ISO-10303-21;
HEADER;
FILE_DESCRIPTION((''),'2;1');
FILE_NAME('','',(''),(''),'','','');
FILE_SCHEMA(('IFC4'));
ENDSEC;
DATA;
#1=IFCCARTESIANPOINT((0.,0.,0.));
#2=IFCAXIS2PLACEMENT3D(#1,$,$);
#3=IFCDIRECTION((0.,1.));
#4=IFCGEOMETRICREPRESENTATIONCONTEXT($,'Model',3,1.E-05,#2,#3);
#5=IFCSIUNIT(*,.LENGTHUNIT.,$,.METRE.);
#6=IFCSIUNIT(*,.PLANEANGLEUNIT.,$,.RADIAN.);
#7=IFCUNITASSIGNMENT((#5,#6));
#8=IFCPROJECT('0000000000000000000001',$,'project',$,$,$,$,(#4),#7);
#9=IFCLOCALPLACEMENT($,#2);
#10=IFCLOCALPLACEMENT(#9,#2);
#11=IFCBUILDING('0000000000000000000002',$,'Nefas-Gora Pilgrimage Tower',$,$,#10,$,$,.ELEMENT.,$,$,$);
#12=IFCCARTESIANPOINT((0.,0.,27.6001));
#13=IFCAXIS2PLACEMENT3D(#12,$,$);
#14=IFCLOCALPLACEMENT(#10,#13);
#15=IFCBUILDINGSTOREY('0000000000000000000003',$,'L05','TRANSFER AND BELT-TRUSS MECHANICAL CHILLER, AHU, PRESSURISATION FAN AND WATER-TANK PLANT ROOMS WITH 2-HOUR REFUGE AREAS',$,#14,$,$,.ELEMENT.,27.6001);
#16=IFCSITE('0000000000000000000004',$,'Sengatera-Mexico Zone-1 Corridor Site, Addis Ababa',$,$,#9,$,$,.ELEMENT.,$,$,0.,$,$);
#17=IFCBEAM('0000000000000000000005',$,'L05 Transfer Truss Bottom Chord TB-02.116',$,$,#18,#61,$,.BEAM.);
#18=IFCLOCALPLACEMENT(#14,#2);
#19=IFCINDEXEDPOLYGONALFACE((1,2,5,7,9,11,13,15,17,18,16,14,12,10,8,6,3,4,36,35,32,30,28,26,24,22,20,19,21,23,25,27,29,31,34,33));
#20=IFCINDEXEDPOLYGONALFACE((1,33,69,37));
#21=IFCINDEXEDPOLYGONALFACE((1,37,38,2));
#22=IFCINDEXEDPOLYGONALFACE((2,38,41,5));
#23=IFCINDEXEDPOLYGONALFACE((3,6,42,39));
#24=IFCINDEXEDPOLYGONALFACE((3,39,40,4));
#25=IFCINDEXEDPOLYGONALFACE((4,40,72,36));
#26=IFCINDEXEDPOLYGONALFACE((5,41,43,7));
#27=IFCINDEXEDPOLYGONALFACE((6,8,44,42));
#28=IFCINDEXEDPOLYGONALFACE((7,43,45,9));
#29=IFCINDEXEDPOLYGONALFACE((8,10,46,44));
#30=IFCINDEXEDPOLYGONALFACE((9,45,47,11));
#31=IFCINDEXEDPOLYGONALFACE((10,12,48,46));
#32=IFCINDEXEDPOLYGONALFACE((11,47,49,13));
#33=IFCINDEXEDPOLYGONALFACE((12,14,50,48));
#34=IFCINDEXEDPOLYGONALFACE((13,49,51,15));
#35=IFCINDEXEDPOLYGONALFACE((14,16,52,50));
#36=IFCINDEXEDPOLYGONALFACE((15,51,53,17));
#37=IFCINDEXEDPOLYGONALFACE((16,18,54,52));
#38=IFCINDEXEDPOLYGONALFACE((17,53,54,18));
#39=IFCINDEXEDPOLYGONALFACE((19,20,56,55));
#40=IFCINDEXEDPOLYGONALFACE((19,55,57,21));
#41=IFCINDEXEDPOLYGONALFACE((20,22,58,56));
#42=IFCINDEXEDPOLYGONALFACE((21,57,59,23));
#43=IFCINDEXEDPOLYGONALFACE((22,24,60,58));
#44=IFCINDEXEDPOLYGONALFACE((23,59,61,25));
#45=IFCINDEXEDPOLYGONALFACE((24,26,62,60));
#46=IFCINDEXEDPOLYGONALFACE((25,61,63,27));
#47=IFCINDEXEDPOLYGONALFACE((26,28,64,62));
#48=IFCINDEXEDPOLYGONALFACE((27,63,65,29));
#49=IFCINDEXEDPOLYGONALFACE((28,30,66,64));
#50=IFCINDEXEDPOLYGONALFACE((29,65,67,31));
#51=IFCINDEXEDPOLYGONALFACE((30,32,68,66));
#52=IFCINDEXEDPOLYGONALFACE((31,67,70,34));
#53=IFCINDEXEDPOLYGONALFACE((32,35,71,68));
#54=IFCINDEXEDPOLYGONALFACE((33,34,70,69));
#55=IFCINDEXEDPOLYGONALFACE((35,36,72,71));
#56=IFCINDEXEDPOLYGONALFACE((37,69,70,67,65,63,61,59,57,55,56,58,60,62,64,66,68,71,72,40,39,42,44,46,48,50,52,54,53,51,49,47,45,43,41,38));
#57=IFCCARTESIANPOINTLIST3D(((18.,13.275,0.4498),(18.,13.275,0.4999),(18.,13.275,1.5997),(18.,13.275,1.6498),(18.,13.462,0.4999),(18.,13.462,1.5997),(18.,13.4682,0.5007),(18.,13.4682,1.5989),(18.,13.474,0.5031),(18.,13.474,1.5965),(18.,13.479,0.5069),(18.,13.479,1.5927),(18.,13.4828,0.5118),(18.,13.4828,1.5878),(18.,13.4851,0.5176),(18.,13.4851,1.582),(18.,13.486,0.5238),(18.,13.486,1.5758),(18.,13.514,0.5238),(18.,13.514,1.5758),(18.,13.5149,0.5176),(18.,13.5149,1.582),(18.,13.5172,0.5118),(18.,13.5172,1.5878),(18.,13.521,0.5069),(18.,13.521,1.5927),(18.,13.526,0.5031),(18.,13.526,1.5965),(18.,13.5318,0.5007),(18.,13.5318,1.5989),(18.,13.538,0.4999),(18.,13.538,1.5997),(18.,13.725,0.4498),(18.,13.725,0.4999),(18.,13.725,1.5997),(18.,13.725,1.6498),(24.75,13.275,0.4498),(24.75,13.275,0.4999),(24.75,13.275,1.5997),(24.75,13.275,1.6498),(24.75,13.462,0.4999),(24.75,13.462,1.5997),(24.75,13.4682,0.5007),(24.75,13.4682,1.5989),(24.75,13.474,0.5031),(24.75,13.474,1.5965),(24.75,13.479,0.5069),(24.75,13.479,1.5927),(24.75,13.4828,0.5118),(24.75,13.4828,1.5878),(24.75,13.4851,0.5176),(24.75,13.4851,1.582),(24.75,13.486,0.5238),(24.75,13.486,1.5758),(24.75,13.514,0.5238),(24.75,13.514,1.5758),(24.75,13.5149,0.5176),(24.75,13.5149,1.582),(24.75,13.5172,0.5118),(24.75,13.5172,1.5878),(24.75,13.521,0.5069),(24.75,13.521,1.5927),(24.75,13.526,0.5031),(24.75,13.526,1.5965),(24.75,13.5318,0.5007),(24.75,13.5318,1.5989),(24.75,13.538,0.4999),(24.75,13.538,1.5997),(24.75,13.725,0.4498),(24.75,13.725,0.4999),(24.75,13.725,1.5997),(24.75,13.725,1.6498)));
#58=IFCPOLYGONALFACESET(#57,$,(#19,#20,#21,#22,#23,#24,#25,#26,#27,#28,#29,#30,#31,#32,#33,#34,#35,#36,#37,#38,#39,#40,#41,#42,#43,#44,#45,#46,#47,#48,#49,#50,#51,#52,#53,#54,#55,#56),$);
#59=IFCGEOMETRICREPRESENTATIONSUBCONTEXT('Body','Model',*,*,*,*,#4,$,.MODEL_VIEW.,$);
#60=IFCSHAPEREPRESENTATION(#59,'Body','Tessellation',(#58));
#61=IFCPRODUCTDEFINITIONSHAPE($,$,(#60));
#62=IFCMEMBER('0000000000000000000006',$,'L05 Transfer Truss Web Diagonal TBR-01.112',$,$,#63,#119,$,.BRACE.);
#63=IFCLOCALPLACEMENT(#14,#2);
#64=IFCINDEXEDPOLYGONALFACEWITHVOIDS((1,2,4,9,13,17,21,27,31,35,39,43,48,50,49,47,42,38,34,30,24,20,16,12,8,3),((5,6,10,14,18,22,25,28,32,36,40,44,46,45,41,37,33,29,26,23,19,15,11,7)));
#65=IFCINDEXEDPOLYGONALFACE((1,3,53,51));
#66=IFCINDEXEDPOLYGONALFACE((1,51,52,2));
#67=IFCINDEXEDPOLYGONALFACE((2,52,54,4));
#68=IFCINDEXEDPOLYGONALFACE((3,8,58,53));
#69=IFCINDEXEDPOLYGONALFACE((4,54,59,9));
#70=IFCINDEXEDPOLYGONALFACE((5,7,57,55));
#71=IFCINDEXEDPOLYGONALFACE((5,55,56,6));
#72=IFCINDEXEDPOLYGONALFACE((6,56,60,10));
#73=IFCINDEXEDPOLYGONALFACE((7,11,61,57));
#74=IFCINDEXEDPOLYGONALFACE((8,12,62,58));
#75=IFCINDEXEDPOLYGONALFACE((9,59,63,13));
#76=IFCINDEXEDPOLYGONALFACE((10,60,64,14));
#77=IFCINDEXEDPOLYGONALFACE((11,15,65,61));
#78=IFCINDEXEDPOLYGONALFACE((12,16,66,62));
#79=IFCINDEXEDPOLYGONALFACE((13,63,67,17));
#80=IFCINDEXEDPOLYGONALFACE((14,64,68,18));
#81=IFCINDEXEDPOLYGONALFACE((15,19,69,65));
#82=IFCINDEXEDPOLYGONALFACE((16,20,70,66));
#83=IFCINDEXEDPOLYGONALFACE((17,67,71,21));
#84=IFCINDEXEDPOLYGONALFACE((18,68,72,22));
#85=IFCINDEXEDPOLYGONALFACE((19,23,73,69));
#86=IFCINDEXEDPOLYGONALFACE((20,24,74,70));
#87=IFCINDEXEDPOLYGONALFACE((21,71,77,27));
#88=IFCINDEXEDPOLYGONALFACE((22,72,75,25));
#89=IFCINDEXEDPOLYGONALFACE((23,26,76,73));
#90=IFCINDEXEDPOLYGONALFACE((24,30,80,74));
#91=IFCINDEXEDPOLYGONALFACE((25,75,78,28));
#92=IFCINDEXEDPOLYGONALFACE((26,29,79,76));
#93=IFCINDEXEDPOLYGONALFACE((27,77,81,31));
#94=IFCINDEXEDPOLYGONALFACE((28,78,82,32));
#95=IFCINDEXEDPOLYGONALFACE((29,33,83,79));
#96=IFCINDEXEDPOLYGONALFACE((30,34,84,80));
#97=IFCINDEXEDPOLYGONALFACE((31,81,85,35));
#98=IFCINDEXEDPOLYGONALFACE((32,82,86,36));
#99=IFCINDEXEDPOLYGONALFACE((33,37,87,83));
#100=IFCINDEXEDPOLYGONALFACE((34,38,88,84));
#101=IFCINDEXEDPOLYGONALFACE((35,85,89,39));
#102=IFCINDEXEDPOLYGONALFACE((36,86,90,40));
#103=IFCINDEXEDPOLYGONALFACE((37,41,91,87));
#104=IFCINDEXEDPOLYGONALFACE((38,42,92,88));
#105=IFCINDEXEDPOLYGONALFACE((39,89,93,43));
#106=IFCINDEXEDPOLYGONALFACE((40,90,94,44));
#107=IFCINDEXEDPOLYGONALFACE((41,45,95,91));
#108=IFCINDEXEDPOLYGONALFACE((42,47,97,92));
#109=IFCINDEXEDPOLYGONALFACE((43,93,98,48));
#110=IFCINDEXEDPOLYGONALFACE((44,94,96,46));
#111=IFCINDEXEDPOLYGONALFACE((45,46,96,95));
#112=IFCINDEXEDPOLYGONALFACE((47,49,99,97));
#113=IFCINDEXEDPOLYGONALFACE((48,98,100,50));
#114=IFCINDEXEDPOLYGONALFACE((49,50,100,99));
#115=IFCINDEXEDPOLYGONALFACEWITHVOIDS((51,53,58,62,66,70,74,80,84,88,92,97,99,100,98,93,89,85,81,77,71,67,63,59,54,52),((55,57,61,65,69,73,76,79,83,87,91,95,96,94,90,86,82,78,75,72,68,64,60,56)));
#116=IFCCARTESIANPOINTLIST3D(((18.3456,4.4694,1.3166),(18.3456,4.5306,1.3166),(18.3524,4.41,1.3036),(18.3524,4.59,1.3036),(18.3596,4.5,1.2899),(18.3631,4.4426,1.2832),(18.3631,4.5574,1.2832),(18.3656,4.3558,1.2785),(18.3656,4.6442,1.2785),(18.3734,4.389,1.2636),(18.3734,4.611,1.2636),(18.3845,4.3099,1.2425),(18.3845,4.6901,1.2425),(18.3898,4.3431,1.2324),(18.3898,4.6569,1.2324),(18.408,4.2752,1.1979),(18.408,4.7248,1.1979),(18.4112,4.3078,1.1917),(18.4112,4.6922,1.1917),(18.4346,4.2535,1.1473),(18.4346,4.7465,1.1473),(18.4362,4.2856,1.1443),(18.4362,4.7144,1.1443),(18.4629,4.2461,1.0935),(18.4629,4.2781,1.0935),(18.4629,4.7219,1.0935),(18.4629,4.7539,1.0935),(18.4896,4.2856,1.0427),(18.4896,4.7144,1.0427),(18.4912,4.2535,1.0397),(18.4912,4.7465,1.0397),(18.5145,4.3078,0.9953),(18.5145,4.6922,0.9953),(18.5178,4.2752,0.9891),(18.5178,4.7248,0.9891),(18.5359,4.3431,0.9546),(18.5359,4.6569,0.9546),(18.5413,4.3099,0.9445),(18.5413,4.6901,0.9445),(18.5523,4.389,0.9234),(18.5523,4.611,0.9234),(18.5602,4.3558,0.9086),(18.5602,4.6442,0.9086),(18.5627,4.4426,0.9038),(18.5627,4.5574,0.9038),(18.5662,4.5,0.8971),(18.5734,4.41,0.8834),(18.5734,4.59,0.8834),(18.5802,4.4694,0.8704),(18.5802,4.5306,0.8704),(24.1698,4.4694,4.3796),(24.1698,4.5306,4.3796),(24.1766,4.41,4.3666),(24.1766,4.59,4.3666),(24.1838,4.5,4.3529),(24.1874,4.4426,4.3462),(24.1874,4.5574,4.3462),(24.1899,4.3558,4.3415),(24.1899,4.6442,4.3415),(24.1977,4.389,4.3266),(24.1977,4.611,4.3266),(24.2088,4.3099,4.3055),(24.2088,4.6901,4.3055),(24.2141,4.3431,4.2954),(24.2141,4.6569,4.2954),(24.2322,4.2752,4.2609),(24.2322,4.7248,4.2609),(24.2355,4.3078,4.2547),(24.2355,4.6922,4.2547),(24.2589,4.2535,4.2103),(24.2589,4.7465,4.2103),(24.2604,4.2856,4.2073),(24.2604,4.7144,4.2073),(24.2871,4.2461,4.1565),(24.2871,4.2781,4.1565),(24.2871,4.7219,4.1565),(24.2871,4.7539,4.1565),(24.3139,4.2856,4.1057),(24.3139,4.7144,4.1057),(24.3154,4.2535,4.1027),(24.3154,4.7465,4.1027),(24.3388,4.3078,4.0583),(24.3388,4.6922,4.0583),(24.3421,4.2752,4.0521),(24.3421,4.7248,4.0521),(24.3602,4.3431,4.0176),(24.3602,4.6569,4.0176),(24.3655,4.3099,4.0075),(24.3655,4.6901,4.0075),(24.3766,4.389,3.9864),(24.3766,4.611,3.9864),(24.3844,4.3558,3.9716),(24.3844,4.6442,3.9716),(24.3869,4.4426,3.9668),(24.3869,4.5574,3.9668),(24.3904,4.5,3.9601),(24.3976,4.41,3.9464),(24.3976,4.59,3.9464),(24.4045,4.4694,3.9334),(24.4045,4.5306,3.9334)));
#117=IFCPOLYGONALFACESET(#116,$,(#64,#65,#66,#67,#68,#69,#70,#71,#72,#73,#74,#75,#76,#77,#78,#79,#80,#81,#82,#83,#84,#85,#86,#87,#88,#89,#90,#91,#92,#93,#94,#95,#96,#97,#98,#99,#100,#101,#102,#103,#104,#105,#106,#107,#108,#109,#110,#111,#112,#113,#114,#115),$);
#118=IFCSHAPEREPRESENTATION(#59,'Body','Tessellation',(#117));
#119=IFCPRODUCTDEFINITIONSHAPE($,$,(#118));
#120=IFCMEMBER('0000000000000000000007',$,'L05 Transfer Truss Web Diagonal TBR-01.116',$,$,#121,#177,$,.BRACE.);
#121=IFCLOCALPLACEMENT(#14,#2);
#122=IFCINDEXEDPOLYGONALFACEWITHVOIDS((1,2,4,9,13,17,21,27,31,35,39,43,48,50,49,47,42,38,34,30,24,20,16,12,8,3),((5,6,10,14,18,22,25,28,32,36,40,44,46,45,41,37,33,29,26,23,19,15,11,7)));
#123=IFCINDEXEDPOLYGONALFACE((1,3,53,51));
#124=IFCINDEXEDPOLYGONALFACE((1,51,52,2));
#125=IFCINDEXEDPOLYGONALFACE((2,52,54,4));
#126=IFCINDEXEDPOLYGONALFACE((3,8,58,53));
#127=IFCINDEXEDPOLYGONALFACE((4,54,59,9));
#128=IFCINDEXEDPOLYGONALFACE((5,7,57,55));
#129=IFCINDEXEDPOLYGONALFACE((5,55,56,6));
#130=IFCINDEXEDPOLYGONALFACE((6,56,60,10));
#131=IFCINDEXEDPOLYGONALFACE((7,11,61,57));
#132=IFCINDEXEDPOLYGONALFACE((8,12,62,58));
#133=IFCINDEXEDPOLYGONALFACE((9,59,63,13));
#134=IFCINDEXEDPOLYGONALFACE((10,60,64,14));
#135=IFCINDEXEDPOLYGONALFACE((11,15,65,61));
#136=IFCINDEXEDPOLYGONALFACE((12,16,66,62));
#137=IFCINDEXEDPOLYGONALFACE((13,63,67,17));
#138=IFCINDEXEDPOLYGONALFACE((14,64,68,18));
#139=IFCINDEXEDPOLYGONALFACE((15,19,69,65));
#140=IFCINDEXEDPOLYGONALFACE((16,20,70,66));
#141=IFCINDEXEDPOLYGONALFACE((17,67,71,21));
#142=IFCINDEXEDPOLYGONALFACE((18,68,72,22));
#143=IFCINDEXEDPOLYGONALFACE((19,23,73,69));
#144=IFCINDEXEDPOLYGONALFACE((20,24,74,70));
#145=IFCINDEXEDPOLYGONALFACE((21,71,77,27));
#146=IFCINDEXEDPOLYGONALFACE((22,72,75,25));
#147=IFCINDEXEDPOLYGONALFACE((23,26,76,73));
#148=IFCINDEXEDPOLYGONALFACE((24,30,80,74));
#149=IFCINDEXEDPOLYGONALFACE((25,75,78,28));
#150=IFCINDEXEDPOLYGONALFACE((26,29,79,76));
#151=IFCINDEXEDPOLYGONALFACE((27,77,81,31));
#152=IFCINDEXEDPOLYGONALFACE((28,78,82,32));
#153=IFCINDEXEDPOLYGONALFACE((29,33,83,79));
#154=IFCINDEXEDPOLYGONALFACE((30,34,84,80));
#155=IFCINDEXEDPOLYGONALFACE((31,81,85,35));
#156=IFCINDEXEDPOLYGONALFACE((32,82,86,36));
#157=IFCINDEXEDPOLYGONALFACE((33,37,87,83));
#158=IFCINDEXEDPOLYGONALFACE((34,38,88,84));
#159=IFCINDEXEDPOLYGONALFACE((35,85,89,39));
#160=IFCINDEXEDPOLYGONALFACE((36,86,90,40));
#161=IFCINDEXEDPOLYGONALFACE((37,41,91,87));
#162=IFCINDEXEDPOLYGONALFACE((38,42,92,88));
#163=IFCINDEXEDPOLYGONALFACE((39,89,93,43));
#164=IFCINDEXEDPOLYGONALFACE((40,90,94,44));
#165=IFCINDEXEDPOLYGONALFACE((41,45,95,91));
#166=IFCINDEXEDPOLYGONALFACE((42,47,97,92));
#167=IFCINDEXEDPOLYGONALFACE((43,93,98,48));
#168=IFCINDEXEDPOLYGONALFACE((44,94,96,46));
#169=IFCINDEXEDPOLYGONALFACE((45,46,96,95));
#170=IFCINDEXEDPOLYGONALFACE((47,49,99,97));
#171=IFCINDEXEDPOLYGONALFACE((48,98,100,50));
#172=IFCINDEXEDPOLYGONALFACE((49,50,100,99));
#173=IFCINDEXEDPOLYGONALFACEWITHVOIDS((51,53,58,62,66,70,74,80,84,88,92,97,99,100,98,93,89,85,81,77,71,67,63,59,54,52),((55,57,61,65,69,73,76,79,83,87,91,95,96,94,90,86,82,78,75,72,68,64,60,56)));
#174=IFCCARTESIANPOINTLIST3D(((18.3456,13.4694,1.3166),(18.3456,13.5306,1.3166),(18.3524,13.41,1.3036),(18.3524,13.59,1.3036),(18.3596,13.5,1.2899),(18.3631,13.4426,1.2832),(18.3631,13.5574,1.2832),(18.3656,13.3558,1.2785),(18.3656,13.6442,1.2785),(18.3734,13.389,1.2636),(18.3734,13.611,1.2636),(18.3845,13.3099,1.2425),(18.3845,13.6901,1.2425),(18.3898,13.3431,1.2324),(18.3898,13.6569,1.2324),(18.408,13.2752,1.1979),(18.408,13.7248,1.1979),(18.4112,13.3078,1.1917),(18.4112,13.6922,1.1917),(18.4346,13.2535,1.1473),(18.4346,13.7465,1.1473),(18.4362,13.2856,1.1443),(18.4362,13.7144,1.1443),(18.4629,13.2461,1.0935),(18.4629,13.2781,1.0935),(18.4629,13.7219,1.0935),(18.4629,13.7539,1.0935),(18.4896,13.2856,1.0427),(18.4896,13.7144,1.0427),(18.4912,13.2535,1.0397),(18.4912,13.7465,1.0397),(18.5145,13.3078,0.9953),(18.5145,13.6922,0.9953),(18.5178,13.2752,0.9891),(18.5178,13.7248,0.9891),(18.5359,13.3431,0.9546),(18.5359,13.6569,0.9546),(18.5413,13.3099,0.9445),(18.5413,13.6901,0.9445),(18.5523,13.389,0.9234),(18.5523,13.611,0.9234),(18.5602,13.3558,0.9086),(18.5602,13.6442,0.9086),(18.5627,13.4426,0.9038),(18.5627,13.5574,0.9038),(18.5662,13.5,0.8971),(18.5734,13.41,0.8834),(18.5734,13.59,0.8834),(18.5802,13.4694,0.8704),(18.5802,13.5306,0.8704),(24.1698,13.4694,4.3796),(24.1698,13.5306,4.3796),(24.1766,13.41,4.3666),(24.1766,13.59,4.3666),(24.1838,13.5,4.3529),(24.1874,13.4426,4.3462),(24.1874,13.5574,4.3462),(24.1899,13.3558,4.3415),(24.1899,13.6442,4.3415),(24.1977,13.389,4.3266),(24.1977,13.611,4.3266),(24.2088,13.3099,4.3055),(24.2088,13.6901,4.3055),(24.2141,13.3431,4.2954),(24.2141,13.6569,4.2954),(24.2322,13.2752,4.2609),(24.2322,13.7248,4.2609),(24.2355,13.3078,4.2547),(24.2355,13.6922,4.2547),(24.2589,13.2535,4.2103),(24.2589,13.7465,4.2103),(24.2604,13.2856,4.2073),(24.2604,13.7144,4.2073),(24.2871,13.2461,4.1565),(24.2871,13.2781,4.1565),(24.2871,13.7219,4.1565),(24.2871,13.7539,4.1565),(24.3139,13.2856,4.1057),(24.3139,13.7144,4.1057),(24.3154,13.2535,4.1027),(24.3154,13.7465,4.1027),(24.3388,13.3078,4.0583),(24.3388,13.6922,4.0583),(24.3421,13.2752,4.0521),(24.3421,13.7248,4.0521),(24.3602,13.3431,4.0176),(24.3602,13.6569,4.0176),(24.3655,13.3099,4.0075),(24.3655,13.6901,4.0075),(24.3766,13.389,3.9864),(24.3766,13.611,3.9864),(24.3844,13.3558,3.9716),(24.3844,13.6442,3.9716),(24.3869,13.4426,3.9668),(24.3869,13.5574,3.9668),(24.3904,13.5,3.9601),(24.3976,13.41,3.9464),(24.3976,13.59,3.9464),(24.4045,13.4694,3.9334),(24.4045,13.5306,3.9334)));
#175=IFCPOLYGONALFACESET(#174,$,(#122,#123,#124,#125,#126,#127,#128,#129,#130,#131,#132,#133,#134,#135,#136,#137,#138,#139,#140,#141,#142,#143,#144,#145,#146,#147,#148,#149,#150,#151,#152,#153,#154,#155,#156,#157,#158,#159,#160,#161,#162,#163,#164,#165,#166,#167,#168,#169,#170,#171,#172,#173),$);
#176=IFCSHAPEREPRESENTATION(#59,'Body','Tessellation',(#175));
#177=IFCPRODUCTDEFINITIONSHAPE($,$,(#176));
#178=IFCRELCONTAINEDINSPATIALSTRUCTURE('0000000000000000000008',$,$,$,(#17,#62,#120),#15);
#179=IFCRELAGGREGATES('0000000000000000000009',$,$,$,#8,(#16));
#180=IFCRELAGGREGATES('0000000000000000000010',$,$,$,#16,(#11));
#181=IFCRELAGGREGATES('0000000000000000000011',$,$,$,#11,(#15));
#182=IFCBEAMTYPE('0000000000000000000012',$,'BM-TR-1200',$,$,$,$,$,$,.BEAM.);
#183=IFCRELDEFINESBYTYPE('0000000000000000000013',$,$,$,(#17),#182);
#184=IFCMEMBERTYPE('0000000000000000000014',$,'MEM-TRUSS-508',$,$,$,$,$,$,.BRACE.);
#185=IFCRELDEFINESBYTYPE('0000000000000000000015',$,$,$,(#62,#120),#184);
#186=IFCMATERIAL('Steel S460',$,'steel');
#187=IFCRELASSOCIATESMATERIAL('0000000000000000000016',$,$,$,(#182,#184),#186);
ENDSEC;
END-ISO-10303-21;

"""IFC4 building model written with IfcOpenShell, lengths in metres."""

from ifc_helpers import new_model, si_unit, direction, frame, origin, origin_2d, place, context, subcontext, project, spatial, hollow_circle, i_section, extrude, source, transform, mapped, material, material_profile, profile_set, type_object, element, save


model = new_model("IFC4")

# Units and contexts
model_context = context("Model", 3, precision=1e-05, world=origin(), true_north=direction((0.0, 1.0)))
body_context = subcontext(model_context, "Body", "Model", "MODEL_VIEW")
ifc_project = project(units=[si_unit("LENGTHUNIT", "METRE"), si_unit("PLANEANGLEUNIT", "RADIAN")], contexts=[model_context])

# Site, building, storey
site_placement = place(None, origin())
site = spatial("IfcSite", under=ifc_project, at=site_placement, Name="Sengatera-Mexico Zone-1 Corridor Site, Addis Ababa", CompositionType="ELEMENT", RefElevation=0.0)
building_placement = place(site_placement, origin())
building = spatial("IfcBuilding", under=site, at=building_placement, Name="Nefas-Gora Pilgrimage Tower", CompositionType="ELEMENT")
storey_placement = place(building_placement, frame((0.0, 0.0, 27.6001)))
storey = spatial("IfcBuildingStorey", under=building, at=storey_placement, Name="L05", Description="TRANSFER AND BELT-TRUSS MECHANICAL CHILLER, AHU, PRESSURISATION FAN AND WATER-TANK PLANT ROOMS WITH 2-HOUR REFUGE AREAS", CompositionType="ELEMENT", Elevation=27.6001)

# Shared definitions
ifc_material = material(Name="Steel S460", Category="steel")

# Shared definitions
ifc_material_profile_1 = material_profile(ifc_material, i_section(OverallWidth=0.45, OverallDepth=1.2, WebThickness=0.0281, FlangeThickness=0.05, FilletRadius=0.0239, at=origin_2d()), Name="WPG 1200x450x28x50")
ifc_profile_set_1 = profile_set([ifc_material_profile_1], Name="Steel S460")
beam_type_1 = type_object("IfcBeamType", Name="BM-TR-1200", PredefinedType="BEAM", material=ifc_profile_set_1)

# Shared definitions
ifc_material_profile_2 = material_profile(ifc_material, hollow_circle(Radius=0.2539, WallThickness=0.032, at=origin_2d()), Name="CHS 508x32")
ifc_profile_set_2 = profile_set([ifc_material_profile_2], Name="Steel S460")
member_type = type_object("IfcMemberType", Name="MEM-TRUSS-508", PredefinedType="BRACE", material=ifc_profile_set_2)

# Beam
shared_shape_1 = source(origin(), body_context, "Body", "SweptSolid", [
    extrude(i_section(OverallWidth=0.45, OverallDepth=1.2, WebThickness=0.0281, FlangeThickness=0.05, FilletRadius=0.0239, at=origin_2d()), origin(), (0.0, 0.0, 1.0), 6.75),
])
for number, where, z_axis, x_axis, name in (
    (1, (18.0, 13.5, 1.0498), (1.0, 0.0, 0.0), (0.0, 1.0, 0.0), "L05 Transfer Truss Bottom Chord TB-02.116"),
):
    element("IfcBeam", number, at=place(storey_placement, frame(where, z_axis=z_axis, x_axis=x_axis)), inside=storey, type_object=beam_type_1, Name=name, PredefinedType="BEAM", context=body_context, shape_type="MappedRepresentation", body=[
        mapped(shared_shape_1, transform((0.0, 0.0, 0.0), x_axis=(1.0, 0.0, 0.0), y_axis=(0.0, 1.0, 0.0), z_axis=(0.0, 0.0, 1.0), scale=1.0)),
    ])

# Members
shared_shape_2 = source(origin(), body_context, "Body", "SweptSolid", [
    extrude(hollow_circle(Radius=0.2539, WallThickness=0.032, at=origin_2d()), origin(), (0.0, 0.0, 1.0), 6.5806),
])
for number, where, z_axis, x_axis, name in (
    (2, (18.4629, 4.5, 1.0935), (0.885068, 0.0, 0.465462), (0.0, 1.0, 0.0), "L05 Transfer Truss Web Diagonal TBR-01.112"),
    (3, (18.4629, 13.5, 1.0935), (0.885068, 0.0, 0.465462), (0.0, 1.0, 0.0), "L05 Transfer Truss Web Diagonal TBR-01.116"),
):
    element("IfcMember", number, at=place(storey_placement, frame(where, z_axis=z_axis, x_axis=x_axis)), inside=storey, type_object=member_type, Name=name, PredefinedType="BRACE", context=body_context, shape_type="MappedRepresentation", body=[
        mapped(shared_shape_2, transform((0.0, 0.0, 0.0), x_axis=(1.0, 0.0, 0.0), y_axis=(0.0, 1.0, 0.0), z_axis=(0.0, 0.0, 1.0), scale=1.0)),
    ])

save(model, "model.ifc")
